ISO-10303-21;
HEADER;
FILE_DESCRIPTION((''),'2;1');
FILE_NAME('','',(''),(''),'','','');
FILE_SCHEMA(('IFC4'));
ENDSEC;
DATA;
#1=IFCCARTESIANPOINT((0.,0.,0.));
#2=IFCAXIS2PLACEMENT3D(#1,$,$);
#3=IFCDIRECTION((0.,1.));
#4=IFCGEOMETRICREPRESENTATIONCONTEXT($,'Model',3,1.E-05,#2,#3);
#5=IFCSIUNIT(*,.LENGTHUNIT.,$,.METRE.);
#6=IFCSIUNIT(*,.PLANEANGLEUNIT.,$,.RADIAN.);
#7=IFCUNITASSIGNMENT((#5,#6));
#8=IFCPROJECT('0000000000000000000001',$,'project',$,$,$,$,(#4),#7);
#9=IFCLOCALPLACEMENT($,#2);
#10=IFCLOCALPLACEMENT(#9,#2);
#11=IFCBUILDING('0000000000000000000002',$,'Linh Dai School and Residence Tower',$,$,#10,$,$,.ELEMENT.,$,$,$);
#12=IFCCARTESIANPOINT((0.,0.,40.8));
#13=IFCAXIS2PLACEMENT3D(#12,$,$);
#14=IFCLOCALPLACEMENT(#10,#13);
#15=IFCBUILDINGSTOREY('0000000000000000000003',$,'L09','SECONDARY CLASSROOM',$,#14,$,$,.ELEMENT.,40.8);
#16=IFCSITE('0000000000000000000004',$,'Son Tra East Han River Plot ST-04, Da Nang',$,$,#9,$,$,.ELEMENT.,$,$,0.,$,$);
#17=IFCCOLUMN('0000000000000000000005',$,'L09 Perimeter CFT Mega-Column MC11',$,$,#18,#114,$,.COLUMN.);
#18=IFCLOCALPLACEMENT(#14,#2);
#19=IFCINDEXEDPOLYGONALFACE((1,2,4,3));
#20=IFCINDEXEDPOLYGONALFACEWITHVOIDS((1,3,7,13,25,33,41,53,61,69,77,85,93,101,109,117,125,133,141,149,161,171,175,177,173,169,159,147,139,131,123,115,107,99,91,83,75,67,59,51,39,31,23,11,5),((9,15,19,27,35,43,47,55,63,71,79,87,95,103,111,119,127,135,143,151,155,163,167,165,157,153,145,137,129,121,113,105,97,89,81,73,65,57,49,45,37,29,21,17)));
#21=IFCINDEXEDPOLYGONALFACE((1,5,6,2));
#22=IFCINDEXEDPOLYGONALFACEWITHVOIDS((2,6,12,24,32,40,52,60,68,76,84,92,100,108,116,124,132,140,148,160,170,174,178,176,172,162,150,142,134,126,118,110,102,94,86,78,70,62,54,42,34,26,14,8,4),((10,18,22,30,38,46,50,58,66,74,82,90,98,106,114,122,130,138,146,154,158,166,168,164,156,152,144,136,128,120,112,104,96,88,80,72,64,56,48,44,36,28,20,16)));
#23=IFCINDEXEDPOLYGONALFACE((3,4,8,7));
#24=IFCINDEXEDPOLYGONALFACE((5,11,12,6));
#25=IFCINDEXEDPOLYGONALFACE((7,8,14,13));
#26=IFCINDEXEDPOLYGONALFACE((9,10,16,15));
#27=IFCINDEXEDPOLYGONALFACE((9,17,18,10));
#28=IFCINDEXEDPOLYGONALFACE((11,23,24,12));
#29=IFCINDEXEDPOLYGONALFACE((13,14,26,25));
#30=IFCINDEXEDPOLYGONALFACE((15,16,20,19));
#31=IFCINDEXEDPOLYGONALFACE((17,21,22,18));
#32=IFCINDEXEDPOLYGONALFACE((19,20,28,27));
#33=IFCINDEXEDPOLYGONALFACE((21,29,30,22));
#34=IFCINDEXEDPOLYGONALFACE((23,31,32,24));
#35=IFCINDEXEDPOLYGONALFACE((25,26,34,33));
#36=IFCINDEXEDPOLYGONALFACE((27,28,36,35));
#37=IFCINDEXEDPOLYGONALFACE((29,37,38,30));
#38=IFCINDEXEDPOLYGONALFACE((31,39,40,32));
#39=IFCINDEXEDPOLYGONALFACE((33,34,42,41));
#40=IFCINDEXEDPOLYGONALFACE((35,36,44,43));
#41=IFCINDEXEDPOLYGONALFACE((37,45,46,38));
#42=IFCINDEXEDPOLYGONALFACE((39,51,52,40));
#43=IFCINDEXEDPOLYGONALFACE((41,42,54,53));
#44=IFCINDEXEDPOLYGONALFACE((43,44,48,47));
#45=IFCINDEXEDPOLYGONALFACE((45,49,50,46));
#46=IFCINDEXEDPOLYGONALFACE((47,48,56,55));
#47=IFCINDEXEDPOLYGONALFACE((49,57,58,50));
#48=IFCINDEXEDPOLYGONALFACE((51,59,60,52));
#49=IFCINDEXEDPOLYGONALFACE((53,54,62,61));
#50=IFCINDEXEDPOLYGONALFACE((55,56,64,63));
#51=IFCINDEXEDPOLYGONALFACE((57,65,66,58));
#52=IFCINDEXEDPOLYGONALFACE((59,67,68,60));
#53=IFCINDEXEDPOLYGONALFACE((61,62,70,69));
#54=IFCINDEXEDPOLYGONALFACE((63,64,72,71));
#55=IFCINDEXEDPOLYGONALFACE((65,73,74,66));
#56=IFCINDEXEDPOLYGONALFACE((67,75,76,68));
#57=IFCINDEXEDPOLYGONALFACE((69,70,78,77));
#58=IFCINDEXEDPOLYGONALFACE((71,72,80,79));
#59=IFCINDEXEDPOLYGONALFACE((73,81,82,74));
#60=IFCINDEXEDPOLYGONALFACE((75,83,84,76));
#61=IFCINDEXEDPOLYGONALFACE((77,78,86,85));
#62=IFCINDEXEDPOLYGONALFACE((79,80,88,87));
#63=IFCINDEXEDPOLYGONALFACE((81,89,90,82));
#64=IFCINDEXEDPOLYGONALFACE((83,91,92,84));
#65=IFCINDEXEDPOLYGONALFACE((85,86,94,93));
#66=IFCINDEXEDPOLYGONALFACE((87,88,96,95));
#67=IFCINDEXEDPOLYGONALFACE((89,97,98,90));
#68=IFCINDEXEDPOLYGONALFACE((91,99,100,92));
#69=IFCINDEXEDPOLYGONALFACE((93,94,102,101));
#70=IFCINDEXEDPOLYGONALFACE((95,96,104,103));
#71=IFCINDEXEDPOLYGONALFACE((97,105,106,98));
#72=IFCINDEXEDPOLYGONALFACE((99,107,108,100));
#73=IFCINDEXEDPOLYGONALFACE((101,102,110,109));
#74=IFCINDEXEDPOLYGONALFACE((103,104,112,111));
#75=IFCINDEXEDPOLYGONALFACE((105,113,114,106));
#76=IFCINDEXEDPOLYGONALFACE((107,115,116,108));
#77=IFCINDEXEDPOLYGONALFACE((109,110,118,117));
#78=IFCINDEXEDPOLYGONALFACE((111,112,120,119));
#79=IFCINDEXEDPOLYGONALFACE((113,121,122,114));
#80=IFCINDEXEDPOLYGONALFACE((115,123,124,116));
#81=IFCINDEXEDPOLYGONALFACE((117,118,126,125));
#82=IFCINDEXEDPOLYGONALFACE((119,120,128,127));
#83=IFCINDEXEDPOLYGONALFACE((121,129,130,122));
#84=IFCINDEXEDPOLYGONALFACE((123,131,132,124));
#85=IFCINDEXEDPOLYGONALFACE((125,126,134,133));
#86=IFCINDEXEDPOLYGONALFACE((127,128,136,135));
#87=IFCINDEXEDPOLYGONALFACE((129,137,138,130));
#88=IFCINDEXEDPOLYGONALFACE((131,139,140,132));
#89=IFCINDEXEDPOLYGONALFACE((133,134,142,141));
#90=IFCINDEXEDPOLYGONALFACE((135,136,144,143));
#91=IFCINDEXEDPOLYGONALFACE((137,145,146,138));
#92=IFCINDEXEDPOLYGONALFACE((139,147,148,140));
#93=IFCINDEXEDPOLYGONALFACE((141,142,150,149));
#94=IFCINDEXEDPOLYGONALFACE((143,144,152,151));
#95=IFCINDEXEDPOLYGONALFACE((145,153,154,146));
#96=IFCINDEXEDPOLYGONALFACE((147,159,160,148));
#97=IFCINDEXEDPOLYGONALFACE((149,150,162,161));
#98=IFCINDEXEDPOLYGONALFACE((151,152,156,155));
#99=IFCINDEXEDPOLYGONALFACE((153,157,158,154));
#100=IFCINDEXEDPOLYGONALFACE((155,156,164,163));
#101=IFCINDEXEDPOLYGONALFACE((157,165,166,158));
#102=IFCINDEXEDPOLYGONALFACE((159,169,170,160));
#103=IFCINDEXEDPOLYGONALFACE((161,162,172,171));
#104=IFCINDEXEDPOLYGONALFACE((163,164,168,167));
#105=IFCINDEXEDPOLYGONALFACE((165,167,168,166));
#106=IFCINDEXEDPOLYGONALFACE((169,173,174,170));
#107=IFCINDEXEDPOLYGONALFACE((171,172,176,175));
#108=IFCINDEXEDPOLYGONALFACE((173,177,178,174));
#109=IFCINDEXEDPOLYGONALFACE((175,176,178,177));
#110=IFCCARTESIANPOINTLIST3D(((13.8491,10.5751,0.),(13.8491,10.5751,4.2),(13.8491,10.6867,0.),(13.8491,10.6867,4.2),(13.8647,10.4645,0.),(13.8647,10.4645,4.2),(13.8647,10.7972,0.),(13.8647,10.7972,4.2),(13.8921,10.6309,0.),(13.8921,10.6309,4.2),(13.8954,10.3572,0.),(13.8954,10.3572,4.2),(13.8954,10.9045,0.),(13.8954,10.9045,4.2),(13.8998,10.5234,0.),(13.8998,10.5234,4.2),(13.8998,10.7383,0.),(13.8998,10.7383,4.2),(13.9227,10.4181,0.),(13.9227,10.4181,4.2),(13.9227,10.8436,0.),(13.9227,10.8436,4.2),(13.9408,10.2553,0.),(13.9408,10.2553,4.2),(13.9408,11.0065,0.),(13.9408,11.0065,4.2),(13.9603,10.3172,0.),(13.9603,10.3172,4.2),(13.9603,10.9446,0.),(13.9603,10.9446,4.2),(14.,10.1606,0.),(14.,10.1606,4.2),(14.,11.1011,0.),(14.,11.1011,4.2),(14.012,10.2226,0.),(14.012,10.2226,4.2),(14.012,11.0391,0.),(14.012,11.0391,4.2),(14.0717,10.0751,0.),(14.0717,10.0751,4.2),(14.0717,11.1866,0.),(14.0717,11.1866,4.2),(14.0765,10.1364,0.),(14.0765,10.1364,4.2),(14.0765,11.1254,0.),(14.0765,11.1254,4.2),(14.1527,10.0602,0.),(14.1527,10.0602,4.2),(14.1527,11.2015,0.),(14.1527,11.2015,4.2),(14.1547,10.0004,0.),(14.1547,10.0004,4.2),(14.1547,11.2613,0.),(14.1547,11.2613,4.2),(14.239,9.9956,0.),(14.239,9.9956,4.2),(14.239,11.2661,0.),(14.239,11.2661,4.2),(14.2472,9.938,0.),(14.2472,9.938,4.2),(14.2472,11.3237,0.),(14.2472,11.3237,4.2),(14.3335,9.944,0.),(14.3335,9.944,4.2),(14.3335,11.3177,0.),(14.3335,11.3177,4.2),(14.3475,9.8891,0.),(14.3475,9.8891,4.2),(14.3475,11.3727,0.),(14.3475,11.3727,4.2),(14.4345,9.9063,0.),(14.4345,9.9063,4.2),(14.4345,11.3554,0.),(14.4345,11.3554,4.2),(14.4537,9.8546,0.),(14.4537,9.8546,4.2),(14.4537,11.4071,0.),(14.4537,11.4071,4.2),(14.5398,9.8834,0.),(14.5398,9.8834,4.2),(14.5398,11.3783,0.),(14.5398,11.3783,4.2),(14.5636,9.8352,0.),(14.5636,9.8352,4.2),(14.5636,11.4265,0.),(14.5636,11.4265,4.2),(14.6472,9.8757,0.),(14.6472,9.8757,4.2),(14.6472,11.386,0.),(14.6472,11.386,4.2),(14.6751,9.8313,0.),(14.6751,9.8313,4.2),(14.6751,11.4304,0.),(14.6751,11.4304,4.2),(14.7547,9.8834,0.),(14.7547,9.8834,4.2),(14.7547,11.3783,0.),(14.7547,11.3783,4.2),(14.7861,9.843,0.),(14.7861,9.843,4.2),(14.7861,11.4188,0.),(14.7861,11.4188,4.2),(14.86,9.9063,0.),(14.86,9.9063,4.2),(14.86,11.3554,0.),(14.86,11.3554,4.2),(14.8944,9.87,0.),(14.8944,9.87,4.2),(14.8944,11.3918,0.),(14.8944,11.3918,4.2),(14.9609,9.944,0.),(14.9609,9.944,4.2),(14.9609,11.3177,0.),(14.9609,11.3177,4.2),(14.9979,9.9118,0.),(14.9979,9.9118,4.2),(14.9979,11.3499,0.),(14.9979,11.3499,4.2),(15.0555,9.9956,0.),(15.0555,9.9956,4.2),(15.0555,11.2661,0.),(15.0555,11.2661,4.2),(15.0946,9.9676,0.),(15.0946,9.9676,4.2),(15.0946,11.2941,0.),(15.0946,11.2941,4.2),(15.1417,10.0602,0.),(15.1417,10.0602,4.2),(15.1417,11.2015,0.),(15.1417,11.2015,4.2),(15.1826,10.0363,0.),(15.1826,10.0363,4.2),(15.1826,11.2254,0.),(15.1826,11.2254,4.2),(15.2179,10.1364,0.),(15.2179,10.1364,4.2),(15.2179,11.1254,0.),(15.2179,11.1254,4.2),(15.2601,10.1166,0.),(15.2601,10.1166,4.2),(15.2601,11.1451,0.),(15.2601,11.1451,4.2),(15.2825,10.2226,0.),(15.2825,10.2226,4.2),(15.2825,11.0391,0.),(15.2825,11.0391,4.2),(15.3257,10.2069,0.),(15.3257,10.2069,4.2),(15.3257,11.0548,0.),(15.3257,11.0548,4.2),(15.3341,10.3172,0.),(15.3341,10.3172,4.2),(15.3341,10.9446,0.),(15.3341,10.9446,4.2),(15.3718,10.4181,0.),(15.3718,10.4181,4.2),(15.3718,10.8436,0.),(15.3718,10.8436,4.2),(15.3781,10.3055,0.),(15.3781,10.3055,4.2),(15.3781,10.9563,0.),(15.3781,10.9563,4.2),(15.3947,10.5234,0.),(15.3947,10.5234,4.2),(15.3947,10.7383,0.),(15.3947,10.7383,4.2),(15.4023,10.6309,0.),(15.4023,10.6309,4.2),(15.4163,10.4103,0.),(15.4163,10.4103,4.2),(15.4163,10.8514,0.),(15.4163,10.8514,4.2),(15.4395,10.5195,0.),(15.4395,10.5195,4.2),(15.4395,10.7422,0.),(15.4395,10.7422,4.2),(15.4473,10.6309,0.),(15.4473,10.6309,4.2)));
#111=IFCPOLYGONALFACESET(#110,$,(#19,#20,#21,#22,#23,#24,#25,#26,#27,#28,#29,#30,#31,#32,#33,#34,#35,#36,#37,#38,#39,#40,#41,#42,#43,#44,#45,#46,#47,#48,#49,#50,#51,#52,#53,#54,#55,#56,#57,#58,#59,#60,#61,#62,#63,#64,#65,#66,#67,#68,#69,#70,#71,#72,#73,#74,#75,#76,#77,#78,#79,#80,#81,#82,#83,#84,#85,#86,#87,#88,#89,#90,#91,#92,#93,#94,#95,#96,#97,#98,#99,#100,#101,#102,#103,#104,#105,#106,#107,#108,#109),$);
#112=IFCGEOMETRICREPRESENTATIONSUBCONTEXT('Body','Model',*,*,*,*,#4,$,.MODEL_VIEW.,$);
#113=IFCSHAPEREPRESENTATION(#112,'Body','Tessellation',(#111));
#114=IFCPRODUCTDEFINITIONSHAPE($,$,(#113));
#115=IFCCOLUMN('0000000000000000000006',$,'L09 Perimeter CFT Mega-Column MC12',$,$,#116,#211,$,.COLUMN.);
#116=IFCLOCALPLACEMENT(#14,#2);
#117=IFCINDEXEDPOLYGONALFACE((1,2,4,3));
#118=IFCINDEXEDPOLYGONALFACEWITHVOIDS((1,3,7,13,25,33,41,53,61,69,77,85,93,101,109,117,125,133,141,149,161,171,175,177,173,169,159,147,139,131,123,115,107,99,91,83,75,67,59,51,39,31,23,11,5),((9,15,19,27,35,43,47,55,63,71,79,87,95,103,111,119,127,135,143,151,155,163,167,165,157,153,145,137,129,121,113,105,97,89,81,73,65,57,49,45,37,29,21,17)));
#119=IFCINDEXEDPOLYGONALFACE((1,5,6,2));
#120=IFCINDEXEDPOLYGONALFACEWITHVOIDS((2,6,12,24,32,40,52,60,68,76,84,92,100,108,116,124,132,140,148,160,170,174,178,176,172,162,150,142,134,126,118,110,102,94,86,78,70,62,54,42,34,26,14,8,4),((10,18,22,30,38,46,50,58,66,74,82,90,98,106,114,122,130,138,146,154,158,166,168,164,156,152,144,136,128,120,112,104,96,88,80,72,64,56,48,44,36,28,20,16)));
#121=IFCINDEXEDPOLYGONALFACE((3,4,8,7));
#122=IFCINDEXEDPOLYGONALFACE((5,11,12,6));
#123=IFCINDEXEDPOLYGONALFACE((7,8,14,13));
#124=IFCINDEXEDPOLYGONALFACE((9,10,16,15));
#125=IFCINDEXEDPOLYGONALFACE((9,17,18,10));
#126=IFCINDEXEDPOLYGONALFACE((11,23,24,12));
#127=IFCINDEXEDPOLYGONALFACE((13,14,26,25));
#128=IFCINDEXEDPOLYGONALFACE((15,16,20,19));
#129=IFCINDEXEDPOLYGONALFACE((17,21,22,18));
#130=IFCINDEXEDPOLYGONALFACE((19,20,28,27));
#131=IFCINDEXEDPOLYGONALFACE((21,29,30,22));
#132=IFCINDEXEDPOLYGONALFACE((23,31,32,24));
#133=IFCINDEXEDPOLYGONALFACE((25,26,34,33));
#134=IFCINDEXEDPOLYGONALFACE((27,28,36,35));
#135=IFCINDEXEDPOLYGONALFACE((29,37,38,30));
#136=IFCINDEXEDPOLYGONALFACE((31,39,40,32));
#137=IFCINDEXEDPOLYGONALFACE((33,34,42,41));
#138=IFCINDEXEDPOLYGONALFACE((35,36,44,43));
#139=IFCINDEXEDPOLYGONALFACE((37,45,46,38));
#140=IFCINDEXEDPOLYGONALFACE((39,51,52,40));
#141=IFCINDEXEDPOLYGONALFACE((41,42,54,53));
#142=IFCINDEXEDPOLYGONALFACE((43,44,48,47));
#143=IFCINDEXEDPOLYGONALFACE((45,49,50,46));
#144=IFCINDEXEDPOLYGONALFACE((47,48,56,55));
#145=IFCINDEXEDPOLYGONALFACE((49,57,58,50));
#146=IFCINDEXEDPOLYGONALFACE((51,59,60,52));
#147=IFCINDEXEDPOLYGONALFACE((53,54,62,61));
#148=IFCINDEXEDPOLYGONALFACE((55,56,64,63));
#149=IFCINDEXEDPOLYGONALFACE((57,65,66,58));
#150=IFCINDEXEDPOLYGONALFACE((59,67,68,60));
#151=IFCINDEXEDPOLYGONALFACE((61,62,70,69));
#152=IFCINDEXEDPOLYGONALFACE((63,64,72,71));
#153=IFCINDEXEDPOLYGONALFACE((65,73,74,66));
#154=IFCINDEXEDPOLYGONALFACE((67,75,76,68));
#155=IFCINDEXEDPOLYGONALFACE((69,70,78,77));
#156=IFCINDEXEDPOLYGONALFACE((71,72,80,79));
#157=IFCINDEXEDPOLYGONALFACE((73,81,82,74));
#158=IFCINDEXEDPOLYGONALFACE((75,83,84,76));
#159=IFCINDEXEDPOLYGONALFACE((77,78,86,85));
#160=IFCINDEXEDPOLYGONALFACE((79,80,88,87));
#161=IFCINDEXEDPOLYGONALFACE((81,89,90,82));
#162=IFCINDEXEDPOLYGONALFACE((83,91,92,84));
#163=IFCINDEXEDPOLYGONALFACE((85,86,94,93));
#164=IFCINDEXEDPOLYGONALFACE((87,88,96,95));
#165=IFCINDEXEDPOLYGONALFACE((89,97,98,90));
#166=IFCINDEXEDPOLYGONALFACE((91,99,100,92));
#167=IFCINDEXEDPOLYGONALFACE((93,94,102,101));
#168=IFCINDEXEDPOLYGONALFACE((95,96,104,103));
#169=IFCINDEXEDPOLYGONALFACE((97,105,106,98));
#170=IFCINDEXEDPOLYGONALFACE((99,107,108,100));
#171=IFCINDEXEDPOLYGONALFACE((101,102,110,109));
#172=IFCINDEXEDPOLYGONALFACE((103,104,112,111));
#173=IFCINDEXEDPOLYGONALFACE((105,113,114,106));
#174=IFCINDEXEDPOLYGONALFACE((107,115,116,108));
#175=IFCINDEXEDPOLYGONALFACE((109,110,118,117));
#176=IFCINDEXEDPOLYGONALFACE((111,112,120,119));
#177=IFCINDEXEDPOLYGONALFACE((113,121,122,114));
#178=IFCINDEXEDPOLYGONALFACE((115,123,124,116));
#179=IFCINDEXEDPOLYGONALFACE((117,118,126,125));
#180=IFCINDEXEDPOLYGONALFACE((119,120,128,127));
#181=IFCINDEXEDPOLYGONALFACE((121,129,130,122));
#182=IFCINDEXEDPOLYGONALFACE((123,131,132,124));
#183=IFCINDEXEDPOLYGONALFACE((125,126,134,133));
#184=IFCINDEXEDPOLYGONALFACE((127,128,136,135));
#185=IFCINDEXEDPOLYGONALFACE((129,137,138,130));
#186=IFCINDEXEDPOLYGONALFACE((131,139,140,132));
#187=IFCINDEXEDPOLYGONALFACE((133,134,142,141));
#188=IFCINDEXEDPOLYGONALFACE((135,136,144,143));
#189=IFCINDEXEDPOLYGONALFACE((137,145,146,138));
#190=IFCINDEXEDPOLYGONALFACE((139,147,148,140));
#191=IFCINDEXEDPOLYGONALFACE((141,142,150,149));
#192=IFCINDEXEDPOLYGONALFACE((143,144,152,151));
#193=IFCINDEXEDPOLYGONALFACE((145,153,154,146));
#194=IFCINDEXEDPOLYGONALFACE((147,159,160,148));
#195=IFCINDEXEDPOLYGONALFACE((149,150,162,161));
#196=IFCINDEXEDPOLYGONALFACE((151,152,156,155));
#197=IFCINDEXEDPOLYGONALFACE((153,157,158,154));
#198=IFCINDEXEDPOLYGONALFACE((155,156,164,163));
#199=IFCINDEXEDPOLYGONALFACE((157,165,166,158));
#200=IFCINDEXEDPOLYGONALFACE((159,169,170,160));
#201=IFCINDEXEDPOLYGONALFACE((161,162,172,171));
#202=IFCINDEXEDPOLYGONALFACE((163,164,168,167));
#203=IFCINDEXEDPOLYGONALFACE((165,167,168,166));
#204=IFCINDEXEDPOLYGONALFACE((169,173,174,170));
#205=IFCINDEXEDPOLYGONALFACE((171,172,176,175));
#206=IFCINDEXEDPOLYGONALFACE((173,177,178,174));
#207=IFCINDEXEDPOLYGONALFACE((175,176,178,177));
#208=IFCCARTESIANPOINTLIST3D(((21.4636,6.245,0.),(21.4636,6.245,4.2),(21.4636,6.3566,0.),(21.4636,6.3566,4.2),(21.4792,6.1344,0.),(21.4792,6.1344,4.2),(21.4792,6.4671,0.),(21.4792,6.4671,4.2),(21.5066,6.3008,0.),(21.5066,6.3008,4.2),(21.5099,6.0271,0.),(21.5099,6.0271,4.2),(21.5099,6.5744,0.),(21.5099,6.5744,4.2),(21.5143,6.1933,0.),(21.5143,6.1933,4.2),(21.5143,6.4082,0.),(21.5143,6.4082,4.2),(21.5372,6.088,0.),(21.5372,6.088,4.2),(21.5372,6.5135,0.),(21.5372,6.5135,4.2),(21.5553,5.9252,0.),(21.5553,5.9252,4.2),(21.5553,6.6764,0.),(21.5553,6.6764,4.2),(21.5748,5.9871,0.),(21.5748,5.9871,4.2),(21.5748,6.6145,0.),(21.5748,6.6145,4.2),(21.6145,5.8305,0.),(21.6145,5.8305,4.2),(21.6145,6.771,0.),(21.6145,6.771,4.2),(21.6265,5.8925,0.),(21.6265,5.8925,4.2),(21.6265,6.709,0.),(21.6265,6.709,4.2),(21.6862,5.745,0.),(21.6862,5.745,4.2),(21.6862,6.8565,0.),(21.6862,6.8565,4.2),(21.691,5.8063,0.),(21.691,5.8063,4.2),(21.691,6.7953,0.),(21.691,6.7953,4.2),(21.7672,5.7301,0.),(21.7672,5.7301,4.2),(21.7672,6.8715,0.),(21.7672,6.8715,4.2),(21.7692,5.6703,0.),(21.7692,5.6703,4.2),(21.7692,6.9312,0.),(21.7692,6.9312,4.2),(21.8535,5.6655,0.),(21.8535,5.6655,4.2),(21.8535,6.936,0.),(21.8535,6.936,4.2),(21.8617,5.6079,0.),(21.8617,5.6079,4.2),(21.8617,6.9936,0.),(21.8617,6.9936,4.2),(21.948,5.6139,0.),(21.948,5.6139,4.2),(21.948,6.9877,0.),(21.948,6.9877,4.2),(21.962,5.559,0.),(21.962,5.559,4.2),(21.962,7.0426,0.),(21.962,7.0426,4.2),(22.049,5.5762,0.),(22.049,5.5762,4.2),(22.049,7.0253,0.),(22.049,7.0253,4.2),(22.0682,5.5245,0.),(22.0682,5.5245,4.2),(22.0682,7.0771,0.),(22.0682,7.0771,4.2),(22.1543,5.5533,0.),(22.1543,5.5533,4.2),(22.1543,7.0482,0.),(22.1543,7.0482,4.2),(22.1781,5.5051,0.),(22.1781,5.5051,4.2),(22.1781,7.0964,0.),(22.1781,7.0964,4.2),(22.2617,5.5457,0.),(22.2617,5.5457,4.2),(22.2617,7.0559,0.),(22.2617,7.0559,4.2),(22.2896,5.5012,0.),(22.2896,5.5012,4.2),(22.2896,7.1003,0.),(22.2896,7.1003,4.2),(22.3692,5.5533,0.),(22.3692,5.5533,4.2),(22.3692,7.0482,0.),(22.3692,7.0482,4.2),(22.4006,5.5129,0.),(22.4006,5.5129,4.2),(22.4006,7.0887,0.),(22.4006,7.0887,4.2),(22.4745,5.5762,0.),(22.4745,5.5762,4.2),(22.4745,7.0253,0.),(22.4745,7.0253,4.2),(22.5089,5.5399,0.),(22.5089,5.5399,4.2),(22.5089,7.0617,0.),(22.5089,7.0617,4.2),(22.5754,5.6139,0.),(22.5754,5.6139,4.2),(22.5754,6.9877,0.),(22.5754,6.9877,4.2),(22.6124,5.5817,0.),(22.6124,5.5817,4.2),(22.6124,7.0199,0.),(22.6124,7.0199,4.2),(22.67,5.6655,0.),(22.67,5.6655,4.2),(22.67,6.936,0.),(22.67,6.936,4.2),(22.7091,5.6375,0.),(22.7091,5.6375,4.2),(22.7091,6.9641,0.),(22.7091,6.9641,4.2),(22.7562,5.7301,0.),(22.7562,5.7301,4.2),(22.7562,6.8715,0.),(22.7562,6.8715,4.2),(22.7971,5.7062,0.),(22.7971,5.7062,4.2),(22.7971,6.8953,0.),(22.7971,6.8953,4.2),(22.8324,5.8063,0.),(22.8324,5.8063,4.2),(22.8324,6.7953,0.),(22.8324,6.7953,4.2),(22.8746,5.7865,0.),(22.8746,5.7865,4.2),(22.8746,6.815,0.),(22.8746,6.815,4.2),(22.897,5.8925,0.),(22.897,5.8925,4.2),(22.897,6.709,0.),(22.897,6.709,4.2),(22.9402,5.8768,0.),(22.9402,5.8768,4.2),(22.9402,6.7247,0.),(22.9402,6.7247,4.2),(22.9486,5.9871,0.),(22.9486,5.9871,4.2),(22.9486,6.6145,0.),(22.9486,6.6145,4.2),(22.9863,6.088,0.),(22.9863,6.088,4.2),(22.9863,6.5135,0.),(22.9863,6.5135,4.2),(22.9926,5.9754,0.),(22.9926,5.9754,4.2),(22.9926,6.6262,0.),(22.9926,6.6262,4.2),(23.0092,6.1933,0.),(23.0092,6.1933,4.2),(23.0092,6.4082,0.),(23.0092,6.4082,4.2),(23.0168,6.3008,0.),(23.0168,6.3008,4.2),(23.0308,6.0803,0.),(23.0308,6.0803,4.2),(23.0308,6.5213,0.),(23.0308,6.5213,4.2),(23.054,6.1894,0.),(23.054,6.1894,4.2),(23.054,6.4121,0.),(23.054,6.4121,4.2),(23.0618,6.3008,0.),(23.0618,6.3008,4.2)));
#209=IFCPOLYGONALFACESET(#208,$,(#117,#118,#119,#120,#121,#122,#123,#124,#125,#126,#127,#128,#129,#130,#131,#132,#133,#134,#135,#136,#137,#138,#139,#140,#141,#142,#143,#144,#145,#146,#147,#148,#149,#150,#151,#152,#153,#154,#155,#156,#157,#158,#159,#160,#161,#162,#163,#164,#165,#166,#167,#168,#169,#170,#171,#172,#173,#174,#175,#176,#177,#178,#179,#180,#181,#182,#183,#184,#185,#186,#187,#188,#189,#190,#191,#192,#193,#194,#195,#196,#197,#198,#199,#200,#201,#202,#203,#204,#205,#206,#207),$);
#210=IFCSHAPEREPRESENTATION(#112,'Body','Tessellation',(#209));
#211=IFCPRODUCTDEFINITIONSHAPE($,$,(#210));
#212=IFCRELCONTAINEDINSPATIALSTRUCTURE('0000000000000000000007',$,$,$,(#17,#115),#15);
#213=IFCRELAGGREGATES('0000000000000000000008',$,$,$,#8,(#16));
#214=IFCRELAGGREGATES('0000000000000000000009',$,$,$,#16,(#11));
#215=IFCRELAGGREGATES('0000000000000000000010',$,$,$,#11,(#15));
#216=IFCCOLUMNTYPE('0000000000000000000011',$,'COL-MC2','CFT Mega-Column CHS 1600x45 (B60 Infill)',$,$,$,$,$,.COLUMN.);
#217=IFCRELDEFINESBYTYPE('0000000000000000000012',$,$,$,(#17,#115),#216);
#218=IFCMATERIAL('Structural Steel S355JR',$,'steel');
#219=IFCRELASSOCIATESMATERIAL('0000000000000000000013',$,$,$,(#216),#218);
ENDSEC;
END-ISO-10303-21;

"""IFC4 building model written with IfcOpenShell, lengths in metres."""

from ifc_helpers import new_model, si_unit, direction, frame, origin, origin_2d, place, context, subcontext, project, spatial, hollow_circle, extrude, material, material_profile, profile_set, type_object, element, save


model = new_model("IFC4")

# Units and contexts
model_context = context("Model", 3, precision=1e-05, world=origin(), true_north=direction((0.0, 1.0)))
body_context = subcontext(model_context, "Body", "Model", "MODEL_VIEW")
ifc_project = project(units=[si_unit("LENGTHUNIT", "METRE"), si_unit("PLANEANGLEUNIT", "RADIAN")], contexts=[model_context])

# Site, building, storey
site_placement = place(None, origin())
site = spatial("IfcSite", under=ifc_project, at=site_placement, Name="Son Tra East Han River Plot ST-04, Da Nang", CompositionType="ELEMENT", RefElevation=0.0)
building_placement = place(site_placement, origin())
building = spatial("IfcBuilding", under=site, at=building_placement, Name="Linh Dai School and Residence Tower", CompositionType="ELEMENT")
storey_placement = place(building_placement, frame((0.0, 0.0, 40.8)))
storey = spatial("IfcBuildingStorey", under=building, at=storey_placement, Name="L09", Description="SECONDARY CLASSROOM", CompositionType="ELEMENT", Elevation=40.8)

# Columns
ifc_material_1 = material(Name="Structural Steel S355JR", Category="steel")
ifc_material_profile_1 = material_profile(ifc_material_1, hollow_circle(Radius=0.8, WallThickness=0.0449, at=origin_2d()), Name="CHS 1600x45")
ifc_profile_set_1 = profile_set([ifc_material_profile_1], Name="Structural Steel S355JR")
column_type = type_object("IfcColumnType", Name="COL-MC2", Description="CFT Mega-Column CHS 1600x45 (B60 Infill)", PredefinedType="COLUMN", material=ifc_profile_set_1)
for number, where, z_axis, x_axis, name in (
    (1, (14.6472, 10.6309, 0.0), (0.0, 0.0, 1.0), (1.0, 0.0, 0.0), "L09 Perimeter CFT Mega-Column MC11"),
    (2, (22.2617, 6.3008, 0.0), (0.0, 0.0, 1.0), (1.0, 0.0, 0.0), "L09 Perimeter CFT Mega-Column MC12"),
):
    element("IfcColumn", number, at=place(storey_placement, frame(where, z_axis=z_axis, x_axis=x_axis)), inside=storey, type_object=column_type, Name=name, PredefinedType="COLUMN", context=body_context, shape_type="SweptSolid", body=[
        extrude(hollow_circle(Radius=0.8, WallThickness=0.0449, at=origin_2d()), origin(), (0.0, 0.0, 1.0), 4.2),
    ])

save(model, "model.ifc")
